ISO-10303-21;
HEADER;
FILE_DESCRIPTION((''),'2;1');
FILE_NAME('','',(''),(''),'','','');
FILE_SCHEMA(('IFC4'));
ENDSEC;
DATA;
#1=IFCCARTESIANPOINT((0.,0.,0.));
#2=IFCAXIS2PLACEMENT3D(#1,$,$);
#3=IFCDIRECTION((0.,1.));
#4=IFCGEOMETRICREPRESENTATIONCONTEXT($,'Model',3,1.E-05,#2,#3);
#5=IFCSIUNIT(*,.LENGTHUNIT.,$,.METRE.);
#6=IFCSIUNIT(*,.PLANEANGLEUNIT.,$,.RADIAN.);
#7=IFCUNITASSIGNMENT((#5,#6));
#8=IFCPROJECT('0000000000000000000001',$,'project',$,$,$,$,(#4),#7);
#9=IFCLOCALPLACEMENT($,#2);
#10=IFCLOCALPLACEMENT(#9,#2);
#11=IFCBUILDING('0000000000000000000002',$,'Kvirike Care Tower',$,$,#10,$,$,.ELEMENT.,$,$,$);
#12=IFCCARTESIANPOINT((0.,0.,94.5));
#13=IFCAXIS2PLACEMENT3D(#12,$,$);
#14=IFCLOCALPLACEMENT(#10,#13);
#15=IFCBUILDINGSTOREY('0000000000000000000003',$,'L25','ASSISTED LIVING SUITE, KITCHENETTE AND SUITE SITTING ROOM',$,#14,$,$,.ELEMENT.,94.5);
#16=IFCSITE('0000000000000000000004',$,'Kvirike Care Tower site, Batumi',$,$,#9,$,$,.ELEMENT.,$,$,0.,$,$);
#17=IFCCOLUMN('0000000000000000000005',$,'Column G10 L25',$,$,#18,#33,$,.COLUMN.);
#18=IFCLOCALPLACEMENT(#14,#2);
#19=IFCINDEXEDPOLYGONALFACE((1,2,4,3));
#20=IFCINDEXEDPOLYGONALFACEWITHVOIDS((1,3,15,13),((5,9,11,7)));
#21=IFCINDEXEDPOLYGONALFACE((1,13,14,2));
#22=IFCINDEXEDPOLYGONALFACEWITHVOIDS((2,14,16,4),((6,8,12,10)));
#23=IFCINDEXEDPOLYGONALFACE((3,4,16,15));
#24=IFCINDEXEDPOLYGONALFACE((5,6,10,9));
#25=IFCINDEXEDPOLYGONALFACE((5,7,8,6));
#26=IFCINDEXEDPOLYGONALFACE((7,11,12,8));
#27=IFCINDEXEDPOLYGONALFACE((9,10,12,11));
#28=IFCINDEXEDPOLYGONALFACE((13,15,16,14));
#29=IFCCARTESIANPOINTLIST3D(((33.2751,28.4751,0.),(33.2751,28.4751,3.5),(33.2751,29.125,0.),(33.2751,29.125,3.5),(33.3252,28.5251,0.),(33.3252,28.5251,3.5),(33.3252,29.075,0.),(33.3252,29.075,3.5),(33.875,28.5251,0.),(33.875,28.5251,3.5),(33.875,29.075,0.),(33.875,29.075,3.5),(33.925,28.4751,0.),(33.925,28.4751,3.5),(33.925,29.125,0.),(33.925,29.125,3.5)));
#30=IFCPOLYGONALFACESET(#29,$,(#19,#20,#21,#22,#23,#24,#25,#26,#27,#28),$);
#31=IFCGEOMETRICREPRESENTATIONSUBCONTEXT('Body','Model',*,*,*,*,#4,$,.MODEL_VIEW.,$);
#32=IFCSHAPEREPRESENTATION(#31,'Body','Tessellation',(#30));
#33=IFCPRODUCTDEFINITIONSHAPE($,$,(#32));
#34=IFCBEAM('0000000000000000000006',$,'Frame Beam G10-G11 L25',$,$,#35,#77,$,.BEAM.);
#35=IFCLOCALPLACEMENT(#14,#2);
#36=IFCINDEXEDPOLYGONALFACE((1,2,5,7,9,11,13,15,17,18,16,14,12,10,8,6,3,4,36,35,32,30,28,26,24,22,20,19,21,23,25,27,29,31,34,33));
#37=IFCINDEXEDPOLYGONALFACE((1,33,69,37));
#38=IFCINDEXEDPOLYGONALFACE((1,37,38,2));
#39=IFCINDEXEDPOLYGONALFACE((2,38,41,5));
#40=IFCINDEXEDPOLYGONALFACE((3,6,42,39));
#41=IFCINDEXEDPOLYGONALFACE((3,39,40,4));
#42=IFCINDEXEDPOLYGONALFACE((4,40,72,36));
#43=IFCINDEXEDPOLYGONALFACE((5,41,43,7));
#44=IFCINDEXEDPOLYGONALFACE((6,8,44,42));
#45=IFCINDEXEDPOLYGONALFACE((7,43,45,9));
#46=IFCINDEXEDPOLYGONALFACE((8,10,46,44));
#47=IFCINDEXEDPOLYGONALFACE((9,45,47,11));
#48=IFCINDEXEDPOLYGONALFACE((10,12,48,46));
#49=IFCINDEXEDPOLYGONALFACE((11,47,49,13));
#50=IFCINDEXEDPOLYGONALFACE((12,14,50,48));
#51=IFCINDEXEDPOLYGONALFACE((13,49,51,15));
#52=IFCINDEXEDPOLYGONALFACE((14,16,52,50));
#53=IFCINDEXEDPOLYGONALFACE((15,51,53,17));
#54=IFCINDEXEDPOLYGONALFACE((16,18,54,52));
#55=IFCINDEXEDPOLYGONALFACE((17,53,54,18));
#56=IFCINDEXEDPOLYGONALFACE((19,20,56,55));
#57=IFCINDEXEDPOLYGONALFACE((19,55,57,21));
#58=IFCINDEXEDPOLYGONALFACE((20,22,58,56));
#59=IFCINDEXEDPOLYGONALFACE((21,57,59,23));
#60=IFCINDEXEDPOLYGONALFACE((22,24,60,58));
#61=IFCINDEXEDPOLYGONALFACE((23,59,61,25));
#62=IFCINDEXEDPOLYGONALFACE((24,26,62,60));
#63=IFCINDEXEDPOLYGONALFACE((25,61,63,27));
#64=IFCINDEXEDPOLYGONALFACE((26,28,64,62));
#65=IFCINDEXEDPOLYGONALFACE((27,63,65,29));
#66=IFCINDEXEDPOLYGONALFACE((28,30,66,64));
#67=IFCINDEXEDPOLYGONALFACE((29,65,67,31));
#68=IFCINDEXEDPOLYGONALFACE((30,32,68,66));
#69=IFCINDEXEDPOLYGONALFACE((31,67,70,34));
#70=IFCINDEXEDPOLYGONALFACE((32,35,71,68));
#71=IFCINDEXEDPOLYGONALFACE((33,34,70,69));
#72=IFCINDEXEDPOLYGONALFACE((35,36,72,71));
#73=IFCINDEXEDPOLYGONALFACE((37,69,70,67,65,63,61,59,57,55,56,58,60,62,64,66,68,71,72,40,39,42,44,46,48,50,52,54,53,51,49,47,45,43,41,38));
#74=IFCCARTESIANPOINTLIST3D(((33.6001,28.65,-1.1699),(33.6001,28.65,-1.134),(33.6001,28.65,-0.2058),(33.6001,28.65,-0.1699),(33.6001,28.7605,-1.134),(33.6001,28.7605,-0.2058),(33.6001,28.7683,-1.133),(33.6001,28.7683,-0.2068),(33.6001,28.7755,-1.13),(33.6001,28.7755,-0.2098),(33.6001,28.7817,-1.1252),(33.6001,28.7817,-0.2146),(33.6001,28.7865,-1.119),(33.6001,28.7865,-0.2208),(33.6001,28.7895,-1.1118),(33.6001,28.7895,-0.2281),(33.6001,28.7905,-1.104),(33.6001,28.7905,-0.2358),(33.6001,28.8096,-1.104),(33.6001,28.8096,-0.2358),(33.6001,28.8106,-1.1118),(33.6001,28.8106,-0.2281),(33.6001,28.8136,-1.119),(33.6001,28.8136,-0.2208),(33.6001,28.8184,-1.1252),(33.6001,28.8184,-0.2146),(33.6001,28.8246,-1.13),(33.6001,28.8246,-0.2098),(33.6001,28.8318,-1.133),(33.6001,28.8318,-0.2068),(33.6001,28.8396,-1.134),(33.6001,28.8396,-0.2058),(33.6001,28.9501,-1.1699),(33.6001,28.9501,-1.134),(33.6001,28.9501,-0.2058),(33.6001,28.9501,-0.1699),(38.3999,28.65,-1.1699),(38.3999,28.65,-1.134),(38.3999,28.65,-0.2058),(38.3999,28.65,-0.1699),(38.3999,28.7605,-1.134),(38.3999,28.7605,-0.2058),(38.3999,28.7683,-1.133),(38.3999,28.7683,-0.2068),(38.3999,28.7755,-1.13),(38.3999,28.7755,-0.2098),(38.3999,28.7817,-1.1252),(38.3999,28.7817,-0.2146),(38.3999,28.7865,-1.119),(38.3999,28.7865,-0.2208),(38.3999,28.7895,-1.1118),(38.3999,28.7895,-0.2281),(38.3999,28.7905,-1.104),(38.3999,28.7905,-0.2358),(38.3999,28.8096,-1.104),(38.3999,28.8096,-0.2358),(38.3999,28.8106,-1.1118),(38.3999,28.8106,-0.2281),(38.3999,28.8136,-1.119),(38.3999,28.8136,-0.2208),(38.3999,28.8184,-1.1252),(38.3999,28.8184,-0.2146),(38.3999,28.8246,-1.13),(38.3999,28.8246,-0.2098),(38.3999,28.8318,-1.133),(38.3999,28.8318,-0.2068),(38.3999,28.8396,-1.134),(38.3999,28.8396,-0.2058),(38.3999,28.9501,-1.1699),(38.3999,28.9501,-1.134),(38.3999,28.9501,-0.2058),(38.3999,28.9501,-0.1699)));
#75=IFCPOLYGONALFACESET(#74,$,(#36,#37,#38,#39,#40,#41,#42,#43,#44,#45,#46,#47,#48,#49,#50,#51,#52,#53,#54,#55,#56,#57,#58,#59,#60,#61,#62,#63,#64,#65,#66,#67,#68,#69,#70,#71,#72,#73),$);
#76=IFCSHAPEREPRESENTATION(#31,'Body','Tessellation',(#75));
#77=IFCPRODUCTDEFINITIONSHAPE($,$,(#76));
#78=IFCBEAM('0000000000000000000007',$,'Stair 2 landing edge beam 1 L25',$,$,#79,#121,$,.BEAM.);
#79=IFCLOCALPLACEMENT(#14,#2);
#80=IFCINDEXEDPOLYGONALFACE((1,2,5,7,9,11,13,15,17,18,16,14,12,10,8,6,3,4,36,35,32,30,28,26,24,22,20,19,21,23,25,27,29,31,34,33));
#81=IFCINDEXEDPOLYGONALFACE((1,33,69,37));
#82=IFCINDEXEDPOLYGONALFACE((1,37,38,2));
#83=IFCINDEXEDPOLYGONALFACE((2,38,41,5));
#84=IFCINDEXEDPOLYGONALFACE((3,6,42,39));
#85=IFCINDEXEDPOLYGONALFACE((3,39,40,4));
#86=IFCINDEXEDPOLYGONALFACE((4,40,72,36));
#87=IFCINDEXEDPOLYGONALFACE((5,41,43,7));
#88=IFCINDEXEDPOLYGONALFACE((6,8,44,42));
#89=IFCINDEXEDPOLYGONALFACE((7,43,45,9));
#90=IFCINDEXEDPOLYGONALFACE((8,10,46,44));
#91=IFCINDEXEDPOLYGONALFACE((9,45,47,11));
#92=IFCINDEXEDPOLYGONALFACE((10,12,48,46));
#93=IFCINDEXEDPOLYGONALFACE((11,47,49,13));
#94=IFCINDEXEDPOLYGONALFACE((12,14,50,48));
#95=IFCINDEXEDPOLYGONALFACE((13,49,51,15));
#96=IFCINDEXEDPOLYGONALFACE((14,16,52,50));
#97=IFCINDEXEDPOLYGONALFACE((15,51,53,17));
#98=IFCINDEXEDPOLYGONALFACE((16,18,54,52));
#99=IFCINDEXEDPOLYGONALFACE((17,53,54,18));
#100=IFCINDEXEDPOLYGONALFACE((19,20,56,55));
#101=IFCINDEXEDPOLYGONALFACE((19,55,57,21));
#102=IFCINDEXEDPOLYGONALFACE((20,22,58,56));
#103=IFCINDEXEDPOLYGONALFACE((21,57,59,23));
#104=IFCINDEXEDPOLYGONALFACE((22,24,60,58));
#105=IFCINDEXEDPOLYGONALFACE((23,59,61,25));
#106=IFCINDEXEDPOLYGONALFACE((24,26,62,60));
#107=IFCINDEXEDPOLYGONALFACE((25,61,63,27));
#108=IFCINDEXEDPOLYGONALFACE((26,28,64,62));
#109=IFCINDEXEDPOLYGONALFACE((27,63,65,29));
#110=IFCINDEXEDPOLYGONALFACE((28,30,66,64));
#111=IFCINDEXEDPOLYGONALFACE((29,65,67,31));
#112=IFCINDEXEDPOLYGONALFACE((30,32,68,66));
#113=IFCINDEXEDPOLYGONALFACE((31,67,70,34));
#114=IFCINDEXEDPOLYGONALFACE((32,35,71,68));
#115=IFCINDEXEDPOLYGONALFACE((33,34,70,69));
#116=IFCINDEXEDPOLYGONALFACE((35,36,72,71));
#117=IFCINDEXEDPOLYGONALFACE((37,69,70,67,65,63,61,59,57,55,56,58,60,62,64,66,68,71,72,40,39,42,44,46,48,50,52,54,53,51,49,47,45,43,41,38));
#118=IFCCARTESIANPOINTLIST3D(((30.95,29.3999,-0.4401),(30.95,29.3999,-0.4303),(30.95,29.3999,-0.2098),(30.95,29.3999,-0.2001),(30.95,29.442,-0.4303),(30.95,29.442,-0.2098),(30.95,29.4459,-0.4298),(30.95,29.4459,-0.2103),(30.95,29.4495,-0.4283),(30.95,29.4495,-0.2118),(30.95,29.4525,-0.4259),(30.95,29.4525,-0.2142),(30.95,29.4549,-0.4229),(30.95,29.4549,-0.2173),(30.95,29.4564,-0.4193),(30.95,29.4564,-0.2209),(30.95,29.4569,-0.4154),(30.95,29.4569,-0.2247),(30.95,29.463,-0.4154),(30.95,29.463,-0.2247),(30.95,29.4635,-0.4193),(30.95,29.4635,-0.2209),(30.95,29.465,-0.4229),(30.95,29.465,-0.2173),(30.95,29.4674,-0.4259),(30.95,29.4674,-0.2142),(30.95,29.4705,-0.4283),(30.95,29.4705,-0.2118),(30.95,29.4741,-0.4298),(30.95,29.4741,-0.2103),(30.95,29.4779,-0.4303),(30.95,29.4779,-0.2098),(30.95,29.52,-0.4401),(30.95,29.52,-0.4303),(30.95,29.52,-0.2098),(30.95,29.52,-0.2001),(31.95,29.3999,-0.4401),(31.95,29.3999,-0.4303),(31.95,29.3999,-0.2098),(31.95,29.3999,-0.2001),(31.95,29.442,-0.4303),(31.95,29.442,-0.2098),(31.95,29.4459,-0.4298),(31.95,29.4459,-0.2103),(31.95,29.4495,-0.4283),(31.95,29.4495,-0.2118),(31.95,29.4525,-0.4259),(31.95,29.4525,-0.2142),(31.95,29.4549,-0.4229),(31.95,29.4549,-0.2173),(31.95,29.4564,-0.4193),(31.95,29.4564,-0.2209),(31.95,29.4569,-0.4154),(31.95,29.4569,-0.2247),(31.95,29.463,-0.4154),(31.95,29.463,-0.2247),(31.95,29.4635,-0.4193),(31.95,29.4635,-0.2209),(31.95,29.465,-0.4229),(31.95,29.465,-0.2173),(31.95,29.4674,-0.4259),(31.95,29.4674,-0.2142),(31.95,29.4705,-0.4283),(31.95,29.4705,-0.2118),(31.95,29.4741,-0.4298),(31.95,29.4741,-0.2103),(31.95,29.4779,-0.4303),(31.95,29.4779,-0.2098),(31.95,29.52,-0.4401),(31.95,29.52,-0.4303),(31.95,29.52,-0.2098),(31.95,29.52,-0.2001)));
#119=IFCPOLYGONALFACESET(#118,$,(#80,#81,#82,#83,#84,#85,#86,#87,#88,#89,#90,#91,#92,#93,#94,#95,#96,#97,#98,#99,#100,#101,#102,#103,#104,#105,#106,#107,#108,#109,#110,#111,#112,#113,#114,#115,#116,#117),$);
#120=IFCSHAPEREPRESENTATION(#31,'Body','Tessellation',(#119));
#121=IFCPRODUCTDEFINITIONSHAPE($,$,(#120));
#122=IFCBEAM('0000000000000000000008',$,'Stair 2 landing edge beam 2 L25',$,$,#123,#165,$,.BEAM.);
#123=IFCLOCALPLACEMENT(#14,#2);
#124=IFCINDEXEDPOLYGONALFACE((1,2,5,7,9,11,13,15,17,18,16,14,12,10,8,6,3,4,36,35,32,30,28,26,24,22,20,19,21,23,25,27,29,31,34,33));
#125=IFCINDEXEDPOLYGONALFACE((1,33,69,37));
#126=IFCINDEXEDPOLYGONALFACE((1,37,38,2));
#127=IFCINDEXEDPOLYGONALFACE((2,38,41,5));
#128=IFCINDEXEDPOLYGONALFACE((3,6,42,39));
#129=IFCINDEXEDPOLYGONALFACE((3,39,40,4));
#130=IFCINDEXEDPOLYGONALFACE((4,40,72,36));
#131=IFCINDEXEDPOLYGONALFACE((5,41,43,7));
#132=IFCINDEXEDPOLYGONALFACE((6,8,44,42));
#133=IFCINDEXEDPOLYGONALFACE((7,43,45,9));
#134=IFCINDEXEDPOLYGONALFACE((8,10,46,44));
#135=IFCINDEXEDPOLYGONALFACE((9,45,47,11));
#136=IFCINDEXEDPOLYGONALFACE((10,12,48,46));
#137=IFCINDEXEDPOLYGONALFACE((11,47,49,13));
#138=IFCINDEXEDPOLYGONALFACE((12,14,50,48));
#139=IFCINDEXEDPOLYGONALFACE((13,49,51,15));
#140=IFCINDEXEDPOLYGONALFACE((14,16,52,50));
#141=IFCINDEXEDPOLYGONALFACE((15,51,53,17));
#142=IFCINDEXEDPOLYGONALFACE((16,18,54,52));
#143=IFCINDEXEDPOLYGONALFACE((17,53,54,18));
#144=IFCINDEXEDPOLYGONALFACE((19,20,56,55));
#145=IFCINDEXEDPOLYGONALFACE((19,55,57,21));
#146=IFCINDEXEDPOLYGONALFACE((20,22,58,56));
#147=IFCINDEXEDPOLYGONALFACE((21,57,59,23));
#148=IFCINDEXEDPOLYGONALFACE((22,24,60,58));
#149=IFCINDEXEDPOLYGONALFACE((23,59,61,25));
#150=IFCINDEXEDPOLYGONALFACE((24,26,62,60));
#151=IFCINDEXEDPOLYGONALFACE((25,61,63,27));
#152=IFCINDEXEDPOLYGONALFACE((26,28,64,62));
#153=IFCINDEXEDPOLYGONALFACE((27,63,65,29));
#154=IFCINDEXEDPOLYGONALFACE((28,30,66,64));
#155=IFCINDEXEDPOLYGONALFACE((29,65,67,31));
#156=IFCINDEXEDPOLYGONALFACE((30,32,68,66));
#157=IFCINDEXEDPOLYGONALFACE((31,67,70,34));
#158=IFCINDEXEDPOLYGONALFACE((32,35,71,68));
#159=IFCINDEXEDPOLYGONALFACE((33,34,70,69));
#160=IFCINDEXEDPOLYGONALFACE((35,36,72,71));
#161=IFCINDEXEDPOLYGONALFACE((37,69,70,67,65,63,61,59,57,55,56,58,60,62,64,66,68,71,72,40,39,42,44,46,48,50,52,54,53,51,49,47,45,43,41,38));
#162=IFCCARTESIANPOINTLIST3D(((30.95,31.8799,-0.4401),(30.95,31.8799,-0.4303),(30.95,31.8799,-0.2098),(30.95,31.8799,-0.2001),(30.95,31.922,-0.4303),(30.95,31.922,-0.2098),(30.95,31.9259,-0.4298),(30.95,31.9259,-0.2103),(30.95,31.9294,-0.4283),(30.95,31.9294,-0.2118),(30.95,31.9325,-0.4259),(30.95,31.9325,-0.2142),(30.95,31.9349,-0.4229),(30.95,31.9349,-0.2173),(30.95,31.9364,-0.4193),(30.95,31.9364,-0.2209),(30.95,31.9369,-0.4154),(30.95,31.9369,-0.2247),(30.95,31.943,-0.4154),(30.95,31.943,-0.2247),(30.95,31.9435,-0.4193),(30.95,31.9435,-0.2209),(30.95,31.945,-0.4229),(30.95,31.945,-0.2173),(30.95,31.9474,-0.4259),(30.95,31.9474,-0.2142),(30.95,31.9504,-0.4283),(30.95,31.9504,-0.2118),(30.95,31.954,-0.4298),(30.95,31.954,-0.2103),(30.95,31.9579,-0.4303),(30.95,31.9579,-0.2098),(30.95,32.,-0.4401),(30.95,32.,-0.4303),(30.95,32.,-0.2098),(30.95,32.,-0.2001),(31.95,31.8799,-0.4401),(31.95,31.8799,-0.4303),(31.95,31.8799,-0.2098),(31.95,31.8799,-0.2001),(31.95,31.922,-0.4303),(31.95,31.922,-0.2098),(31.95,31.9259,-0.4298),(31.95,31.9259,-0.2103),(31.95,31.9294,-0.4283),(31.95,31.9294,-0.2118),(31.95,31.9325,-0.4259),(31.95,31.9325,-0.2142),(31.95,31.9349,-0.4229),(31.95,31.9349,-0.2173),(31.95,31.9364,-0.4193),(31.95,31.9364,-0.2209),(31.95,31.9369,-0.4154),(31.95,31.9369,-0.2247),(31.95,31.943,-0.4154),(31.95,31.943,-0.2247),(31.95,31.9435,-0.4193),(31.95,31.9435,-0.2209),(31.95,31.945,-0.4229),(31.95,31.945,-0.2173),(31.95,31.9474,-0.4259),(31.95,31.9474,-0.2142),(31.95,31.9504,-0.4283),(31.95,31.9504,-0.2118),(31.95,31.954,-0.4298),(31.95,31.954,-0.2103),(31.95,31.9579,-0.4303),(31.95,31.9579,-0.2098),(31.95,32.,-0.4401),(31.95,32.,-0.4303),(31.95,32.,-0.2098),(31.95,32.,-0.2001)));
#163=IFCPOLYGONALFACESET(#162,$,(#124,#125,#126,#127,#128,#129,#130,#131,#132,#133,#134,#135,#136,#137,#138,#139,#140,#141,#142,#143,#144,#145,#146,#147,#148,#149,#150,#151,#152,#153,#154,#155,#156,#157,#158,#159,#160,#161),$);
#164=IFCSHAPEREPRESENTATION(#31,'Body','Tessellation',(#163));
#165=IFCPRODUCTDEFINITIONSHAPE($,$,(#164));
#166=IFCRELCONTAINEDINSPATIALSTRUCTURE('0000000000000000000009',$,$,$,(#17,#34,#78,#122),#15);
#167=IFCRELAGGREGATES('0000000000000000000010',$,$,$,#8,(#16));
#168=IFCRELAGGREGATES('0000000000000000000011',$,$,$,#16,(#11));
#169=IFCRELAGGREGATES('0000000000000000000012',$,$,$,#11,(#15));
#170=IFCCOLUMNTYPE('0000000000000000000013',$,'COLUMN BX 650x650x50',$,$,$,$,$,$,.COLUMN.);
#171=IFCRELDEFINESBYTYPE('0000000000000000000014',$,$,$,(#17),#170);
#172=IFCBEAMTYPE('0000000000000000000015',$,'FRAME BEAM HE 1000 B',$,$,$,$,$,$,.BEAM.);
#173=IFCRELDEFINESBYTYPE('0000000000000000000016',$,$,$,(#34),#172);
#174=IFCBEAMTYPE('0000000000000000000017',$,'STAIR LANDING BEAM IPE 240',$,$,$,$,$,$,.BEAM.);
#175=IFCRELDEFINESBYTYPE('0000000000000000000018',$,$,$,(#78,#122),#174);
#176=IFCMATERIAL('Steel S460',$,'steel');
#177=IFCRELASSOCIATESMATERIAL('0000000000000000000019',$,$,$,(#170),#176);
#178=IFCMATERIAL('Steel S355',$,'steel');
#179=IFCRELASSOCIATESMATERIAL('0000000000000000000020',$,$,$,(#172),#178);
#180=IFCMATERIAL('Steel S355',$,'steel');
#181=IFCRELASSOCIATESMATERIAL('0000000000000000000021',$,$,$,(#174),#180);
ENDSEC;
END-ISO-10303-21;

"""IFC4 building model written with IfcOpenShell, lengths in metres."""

from ifc_helpers import new_model, si_unit, direction, frame, origin, origin_2d, place, context, subcontext, project, spatial, hollow_rectangle, i_section, extrude, material, material_profile, profile_set, type_object, element, save


model = new_model("IFC4")

# Units and contexts
model_context = context("Model", 3, precision=1e-05, world=origin(), true_north=direction((0.0, 1.0)))
body_context = subcontext(model_context, "Body", "Model", "MODEL_VIEW")
ifc_project = project(units=[si_unit("LENGTHUNIT", "METRE"), si_unit("PLANEANGLEUNIT", "RADIAN")], contexts=[model_context])

# Site, building, storey
site_placement = place(None, origin())
site = spatial("IfcSite", under=ifc_project, at=site_placement, Name="Kvirike Care Tower site, Batumi", CompositionType="ELEMENT", RefElevation=0.0)
building_placement = place(site_placement, origin())
building = spatial("IfcBuilding", under=site, at=building_placement, Name="Kvirike Care Tower", CompositionType="ELEMENT")
storey_placement = place(building_placement, frame((0.0, 0.0, 94.5)))
storey = spatial("IfcBuildingStorey", under=building, at=storey_placement, Name="L25", Description="ASSISTED LIVING SUITE, KITCHENETTE AND SUITE SITTING ROOM", CompositionType="ELEMENT", Elevation=94.5)

# Column
ifc_material_1 = material(Name="Steel S460", Category="steel")
ifc_material_profile_1 = material_profile(ifc_material_1, hollow_rectangle(XDim=0.6499, YDim=0.6499, WallThickness=0.05, at=origin_2d()), Name="BX 650x650x50")
ifc_profile_set_1 = profile_set([ifc_material_profile_1], Name="Steel S460")
column_type = type_object("IfcColumnType", Name="COLUMN BX 650x650x50", PredefinedType="COLUMN", material=ifc_profile_set_1)
column_placement = place(storey_placement, frame((33.6001, 28.8, 0.0), z_axis=(0.0, 0.0, 1.0), x_axis=(0.0, 1.0, 0.0)))
element("IfcColumn", 1, at=column_placement, inside=storey, type_object=column_type, Name="Column G10 L25", PredefinedType="COLUMN", context=body_context, shape_type="SweptSolid", body=[
    extrude(hollow_rectangle(XDim=0.6499, YDim=0.6499, WallThickness=0.05, at=origin_2d()), origin(), (0.0, 0.0, 1.0), 3.5),
])

# Beams
ifc_material_2 = material(Name="Steel S355", Category="steel")
ifc_material_profile_2 = material_profile(ifc_material_2, i_section(OverallWidth=0.3, OverallDepth=1.0, WebThickness=0.019, FlangeThickness=0.0359, FilletRadius=0.03, at=origin_2d()), Name="HE 1000 B")
ifc_profile_set_2 = profile_set([ifc_material_profile_2], Name="Steel S355")
beam_type_1 = type_object("IfcBeamType", Name="FRAME BEAM HE 1000 B", PredefinedType="BEAM", material=ifc_profile_set_2)
beam_placement = place(storey_placement, frame((33.6001, 28.8, -0.6699), z_axis=(1.0, 0.0, 0.0), x_axis=(0.0, 1.0, 0.0)))
element("IfcBeam", 2, at=beam_placement, inside=storey, type_object=beam_type_1, Name="Frame Beam G10-G11 L25", PredefinedType="BEAM", context=body_context, shape_type="SweptSolid", body=[
    extrude(i_section(OverallWidth=0.3, OverallDepth=1.0, WebThickness=0.019, FlangeThickness=0.0359, FilletRadius=0.03, at=origin_2d()), origin(), (0.0, 0.0, 1.0), 4.7998),
])
ifc_material_3 = material(Name="Steel S355", Category="steel")
ifc_material_profile_3 = material_profile(ifc_material_3, i_section(OverallWidth=0.1201, OverallDepth=0.24, WebThickness=0.0061, FlangeThickness=0.0098, FilletRadius=0.0149, at=origin_2d()), Name="IPE 240")
ifc_profile_set_3 = profile_set([ifc_material_profile_3], Name="Steel S355")
beam_type_2 = type_object("IfcBeamType", Name="STAIR LANDING BEAM IPE 240", PredefinedType="BEAM", material=ifc_profile_set_3)
for number, where, z_axis, x_axis, name in (
    (3, (31.95, 29.46, -0.3201), (-1.0, 0.0, 0.0), (0.0, -1.0, 0.0), "Stair 2 landing edge beam 1 L25"),
    (4, (31.95, 31.9399, -0.3201), (-1.0, 0.0, 0.0), (0.0, -1.0, 0.0), "Stair 2 landing edge beam 2 L25"),
):
    element("IfcBeam", number, at=place(storey_placement, frame(where, z_axis=z_axis, x_axis=x_axis)), inside=storey, type_object=beam_type_2, Name=name, PredefinedType="BEAM", context=body_context, shape_type="SweptSolid", body=[
        extrude(i_section(OverallWidth=0.1201, OverallDepth=0.24, WebThickness=0.0061, FlangeThickness=0.0098, FilletRadius=0.0149, at=origin_2d()), origin(), (0.0, 0.0, 1.0), 1.0),
    ])

save(model, "model.ifc")
